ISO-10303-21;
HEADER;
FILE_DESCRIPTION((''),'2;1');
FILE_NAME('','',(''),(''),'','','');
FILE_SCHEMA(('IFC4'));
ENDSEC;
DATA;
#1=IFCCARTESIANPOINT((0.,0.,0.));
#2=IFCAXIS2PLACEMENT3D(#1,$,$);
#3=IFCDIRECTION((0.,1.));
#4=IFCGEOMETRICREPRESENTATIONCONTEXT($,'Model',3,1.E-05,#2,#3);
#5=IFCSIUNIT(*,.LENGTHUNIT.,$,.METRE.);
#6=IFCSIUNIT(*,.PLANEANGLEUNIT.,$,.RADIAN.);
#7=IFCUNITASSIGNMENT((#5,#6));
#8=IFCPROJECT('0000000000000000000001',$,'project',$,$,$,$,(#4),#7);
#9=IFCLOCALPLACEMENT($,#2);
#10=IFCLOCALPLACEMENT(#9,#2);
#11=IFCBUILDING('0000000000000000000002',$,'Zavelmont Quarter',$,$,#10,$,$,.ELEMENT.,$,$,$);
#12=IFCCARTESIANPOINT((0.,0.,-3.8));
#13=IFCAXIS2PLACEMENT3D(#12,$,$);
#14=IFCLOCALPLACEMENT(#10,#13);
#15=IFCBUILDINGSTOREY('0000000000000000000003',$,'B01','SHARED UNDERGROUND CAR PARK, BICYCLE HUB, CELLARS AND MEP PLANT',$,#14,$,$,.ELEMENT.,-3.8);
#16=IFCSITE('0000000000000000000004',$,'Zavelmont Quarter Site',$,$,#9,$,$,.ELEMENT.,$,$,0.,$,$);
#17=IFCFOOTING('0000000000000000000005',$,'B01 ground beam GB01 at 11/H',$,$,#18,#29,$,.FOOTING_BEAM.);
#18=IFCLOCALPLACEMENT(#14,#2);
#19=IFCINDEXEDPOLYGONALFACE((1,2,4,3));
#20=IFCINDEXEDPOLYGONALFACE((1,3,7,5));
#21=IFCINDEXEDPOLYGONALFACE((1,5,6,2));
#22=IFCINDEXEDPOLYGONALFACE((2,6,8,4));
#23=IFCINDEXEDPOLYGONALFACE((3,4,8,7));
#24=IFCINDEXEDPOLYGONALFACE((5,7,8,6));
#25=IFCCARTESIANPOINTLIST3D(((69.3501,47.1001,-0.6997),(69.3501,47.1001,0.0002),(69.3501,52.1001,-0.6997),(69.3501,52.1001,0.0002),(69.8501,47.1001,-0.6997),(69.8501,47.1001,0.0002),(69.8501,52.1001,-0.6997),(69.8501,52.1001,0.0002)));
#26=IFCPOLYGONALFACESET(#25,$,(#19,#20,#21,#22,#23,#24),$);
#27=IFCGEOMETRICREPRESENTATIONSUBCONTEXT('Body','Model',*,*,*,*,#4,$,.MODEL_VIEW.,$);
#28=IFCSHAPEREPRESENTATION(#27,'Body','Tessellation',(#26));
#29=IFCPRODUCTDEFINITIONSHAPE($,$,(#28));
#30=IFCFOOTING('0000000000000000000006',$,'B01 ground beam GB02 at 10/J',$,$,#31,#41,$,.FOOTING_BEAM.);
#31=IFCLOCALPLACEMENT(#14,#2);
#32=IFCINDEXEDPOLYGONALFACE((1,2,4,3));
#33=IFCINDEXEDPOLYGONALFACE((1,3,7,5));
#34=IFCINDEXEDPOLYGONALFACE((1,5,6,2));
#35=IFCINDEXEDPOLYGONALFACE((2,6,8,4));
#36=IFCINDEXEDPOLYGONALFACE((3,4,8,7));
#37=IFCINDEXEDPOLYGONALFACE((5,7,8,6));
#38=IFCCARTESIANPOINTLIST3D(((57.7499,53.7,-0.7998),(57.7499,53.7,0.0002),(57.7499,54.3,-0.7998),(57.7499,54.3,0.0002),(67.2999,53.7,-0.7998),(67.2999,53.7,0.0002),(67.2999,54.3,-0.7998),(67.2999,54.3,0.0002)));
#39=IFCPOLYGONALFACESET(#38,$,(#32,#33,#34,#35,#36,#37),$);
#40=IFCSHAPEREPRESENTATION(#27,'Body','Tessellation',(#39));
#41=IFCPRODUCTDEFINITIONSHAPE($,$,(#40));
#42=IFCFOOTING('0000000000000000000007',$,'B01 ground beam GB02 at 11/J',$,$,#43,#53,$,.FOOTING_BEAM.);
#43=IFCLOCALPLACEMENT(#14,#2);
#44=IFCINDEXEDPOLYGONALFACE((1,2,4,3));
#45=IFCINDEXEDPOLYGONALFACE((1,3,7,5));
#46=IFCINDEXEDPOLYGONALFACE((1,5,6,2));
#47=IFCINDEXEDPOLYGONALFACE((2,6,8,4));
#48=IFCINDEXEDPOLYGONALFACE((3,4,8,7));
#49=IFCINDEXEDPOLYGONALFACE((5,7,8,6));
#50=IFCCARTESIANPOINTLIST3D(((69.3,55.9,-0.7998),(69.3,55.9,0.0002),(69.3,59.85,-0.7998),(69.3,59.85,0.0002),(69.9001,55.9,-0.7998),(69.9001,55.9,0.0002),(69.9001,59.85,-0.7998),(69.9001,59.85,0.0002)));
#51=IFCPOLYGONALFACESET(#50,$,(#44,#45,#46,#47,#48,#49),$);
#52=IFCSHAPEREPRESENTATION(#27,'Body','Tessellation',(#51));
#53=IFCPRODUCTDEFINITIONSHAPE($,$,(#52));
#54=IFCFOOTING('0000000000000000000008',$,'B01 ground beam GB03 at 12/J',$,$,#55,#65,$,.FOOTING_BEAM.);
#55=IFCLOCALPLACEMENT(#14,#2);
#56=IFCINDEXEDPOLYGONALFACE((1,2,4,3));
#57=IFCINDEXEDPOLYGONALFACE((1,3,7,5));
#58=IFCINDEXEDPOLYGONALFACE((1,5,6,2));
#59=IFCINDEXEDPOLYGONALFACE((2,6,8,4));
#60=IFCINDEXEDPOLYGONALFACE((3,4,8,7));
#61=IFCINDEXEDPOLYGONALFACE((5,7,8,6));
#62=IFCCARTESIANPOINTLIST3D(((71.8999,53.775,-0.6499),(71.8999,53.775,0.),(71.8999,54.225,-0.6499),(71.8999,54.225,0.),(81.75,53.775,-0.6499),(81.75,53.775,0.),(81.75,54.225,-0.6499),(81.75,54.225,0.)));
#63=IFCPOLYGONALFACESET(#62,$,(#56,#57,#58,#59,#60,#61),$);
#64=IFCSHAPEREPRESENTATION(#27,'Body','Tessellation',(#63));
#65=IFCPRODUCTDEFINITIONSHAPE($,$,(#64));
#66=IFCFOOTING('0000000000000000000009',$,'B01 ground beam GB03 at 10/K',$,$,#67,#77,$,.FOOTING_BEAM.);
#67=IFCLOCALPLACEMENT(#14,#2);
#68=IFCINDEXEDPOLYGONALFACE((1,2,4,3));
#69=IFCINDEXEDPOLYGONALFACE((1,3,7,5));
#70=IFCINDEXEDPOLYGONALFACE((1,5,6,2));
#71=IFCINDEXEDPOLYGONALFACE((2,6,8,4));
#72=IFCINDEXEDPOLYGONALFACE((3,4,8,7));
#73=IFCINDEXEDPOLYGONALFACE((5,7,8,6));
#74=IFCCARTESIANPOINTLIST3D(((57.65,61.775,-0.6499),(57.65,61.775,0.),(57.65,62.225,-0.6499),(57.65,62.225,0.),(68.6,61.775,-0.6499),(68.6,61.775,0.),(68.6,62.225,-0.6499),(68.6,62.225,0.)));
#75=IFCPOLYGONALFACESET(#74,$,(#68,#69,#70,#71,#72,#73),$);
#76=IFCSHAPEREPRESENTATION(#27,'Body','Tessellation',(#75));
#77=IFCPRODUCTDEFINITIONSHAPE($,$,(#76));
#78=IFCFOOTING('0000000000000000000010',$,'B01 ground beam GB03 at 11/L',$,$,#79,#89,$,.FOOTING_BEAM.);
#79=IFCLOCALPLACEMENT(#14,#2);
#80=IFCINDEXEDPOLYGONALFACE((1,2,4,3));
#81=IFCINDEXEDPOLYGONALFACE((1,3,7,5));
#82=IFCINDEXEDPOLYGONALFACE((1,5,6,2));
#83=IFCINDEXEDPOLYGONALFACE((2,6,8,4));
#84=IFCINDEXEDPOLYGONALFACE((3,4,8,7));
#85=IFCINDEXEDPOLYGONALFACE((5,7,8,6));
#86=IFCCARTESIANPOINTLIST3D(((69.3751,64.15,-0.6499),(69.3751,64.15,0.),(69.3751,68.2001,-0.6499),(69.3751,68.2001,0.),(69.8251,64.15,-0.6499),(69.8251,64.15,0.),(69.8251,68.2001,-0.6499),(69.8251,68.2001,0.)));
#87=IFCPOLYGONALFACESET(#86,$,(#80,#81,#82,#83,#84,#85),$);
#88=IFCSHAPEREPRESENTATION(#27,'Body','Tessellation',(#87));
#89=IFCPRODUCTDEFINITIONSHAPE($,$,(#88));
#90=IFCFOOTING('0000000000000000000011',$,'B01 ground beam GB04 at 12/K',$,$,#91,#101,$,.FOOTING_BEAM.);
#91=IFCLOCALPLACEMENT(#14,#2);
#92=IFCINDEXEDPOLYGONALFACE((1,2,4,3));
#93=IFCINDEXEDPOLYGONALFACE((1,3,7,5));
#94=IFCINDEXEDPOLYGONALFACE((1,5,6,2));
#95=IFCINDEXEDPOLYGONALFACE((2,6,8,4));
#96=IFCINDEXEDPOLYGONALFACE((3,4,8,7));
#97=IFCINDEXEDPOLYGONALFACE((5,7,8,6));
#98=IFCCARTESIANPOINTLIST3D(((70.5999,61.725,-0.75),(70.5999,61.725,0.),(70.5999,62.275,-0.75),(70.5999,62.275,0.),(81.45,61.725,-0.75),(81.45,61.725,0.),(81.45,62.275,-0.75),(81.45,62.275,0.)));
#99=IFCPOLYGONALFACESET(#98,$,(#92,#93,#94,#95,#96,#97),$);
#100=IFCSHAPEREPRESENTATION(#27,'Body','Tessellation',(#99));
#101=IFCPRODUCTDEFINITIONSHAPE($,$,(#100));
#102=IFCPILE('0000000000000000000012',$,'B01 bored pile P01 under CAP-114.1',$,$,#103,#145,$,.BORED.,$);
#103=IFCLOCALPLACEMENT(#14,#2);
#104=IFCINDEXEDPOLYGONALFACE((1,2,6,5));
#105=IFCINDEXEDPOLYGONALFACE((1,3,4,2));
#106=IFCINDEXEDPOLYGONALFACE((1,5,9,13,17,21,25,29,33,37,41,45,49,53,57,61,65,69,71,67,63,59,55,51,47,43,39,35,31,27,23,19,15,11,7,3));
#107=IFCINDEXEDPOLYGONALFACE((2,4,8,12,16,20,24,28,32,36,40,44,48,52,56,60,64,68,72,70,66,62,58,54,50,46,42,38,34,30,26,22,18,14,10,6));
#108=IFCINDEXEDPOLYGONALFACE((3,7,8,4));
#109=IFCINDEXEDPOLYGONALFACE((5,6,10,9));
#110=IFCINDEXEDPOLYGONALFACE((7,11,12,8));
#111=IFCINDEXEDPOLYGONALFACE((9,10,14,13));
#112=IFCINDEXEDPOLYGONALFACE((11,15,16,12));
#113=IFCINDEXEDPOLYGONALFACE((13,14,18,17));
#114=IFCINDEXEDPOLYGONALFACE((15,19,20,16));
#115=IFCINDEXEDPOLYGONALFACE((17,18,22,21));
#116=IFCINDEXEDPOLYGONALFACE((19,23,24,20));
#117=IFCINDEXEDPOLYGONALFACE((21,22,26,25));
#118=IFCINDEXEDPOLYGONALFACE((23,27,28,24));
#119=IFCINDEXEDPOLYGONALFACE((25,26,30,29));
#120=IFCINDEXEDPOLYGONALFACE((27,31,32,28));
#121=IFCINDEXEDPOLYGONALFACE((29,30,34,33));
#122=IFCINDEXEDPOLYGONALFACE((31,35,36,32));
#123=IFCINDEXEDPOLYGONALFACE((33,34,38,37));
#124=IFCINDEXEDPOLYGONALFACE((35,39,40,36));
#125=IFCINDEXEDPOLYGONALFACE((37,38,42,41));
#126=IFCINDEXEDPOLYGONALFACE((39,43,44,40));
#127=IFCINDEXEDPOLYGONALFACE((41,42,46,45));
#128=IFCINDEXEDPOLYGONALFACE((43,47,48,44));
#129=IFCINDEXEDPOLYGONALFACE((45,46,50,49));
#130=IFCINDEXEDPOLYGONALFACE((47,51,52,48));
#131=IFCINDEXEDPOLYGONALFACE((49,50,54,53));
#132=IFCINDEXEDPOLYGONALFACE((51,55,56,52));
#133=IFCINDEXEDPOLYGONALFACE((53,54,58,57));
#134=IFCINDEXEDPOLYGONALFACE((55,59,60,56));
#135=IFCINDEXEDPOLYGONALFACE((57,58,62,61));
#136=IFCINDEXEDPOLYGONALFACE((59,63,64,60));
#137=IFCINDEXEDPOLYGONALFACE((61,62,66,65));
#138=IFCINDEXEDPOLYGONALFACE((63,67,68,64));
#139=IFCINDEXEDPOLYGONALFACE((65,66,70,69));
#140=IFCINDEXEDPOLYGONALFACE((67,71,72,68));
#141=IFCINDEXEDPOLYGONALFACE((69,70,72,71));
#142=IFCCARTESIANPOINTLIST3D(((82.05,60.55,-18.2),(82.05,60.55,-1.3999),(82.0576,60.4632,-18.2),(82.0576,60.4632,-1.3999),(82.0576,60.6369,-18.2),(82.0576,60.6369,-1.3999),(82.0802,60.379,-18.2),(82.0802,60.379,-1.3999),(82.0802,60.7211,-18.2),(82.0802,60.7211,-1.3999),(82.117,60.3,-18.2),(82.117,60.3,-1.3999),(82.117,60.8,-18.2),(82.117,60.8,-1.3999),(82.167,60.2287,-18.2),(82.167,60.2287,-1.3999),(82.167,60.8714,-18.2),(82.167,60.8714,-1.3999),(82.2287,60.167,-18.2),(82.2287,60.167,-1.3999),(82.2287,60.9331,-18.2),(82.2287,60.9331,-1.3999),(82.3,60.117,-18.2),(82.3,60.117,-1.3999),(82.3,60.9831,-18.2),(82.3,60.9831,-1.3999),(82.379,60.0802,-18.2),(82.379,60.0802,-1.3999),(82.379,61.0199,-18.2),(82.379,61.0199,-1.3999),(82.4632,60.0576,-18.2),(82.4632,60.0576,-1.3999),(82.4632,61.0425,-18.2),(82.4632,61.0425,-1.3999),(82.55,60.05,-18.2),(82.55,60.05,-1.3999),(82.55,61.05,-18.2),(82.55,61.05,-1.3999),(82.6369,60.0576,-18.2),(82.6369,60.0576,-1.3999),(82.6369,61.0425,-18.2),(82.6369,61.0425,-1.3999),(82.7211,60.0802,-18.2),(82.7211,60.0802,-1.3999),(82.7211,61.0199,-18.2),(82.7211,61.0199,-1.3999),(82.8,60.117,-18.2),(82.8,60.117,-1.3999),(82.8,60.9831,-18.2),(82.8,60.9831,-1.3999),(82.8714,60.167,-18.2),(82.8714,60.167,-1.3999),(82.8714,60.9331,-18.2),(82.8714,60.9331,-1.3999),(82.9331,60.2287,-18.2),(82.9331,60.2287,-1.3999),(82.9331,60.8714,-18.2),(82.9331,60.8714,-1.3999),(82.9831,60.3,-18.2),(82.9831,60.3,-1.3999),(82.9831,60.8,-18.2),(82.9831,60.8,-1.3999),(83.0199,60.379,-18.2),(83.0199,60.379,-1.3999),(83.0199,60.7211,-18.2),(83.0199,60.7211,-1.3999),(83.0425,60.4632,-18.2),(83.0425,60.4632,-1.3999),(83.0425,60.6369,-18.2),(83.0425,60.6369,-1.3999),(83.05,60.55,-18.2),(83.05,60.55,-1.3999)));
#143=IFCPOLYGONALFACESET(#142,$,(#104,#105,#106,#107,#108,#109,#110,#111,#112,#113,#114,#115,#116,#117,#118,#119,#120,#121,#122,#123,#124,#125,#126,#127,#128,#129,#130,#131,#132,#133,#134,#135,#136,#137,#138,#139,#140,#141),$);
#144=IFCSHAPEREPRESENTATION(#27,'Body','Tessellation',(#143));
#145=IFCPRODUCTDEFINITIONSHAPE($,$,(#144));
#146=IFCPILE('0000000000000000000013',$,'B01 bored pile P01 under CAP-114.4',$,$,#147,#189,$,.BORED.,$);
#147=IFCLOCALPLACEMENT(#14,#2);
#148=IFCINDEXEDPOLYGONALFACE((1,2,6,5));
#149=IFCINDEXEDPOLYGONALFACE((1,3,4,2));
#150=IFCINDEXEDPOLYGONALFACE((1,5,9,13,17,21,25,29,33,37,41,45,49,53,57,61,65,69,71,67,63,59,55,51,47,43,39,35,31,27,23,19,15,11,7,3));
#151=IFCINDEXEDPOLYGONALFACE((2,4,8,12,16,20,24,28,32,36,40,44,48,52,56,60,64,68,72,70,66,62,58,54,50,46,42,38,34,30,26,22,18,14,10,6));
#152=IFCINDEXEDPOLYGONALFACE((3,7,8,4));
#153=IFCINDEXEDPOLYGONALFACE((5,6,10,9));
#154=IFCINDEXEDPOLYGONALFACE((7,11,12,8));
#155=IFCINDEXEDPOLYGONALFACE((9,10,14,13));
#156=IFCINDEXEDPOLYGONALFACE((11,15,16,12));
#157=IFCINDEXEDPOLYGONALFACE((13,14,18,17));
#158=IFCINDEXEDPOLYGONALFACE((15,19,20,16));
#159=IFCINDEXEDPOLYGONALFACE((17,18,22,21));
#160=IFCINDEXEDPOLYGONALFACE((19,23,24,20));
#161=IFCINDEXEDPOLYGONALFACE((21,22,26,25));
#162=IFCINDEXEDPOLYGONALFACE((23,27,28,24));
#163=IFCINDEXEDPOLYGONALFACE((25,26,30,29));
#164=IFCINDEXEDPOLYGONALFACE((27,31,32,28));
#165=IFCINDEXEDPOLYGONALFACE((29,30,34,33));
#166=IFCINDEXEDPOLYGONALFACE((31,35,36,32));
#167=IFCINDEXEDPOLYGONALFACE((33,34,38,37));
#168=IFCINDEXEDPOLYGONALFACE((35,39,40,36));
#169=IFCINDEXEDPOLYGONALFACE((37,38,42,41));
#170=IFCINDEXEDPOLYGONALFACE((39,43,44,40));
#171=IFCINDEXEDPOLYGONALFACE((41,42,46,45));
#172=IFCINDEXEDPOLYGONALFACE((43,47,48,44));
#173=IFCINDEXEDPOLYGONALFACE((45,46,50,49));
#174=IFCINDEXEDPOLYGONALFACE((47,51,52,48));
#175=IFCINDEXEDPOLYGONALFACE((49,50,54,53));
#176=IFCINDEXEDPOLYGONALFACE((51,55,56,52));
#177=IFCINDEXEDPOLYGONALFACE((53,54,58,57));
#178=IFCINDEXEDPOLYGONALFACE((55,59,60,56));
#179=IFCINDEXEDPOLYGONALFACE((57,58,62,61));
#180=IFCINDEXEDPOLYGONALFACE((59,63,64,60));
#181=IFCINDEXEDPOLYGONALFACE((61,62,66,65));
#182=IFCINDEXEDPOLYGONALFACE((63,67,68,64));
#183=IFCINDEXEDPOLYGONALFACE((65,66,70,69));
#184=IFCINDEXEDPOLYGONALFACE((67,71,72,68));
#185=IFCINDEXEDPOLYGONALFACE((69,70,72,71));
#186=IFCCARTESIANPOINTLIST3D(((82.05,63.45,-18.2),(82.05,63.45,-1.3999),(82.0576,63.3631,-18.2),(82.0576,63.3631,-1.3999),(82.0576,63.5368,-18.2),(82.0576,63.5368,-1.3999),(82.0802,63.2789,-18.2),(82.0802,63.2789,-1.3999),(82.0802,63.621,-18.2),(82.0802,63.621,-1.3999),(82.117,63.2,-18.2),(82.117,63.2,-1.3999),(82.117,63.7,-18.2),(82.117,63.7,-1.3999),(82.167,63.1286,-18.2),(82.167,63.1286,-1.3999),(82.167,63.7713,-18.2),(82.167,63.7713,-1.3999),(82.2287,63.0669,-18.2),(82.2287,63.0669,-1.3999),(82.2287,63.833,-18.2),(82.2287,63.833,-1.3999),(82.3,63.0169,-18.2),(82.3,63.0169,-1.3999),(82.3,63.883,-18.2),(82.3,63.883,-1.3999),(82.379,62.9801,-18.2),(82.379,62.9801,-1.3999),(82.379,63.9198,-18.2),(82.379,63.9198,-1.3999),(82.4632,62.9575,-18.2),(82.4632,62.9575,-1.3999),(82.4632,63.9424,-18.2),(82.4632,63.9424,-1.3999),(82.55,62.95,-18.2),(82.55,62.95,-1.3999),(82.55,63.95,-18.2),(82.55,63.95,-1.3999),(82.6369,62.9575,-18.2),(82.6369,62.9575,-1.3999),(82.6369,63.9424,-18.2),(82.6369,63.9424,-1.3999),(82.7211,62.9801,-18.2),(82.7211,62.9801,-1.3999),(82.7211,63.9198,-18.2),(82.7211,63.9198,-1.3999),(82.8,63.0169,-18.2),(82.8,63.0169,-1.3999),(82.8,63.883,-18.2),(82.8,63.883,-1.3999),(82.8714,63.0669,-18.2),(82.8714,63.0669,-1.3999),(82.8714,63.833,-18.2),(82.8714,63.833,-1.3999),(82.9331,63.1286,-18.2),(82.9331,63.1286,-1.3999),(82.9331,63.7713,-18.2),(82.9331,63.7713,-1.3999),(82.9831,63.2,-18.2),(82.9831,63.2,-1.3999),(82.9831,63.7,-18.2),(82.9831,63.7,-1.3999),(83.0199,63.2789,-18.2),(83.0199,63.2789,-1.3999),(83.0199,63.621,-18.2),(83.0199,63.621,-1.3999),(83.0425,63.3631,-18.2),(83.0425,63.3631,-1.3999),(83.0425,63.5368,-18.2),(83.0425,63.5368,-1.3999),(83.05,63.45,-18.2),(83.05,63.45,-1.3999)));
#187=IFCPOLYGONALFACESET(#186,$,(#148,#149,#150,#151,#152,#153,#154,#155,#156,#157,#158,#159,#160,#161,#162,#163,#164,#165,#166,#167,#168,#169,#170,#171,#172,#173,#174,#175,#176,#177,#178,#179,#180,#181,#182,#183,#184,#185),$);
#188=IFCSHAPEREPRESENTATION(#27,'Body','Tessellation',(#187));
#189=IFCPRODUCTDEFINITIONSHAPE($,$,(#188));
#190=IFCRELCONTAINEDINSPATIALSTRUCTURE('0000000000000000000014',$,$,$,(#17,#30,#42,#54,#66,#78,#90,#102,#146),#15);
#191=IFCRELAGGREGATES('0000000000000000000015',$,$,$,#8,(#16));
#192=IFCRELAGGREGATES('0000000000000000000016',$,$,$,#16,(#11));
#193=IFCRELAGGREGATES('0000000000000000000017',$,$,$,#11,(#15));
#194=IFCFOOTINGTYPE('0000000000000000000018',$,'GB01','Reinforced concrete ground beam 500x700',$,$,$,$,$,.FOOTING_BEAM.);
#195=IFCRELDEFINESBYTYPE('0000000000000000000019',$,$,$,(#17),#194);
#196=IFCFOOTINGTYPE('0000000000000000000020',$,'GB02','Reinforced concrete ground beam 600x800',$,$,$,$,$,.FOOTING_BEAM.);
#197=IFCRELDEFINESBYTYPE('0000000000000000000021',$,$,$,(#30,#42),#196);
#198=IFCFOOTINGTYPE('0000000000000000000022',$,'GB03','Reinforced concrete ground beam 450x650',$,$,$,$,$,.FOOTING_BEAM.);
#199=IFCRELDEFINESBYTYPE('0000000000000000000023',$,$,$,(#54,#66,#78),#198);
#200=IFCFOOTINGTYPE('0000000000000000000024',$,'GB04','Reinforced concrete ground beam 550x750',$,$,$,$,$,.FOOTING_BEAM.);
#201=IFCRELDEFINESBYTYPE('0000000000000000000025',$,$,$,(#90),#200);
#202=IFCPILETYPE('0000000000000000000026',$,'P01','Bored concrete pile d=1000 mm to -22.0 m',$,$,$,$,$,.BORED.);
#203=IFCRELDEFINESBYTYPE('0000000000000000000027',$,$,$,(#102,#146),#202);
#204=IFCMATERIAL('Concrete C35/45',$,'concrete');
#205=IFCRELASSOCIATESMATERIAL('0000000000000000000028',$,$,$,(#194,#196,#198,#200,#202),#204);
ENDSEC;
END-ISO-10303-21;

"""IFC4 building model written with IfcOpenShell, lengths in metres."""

from ifc_helpers import new_model, si_unit, direction, frame, origin, origin_2d, place, context, subcontext, project, spatial, rectangle, circle, extrude, material, material_profile, profile_set, type_object, element, save


model = new_model("IFC4")

# Units and contexts
model_context = context("Model", 3, precision=1e-05, world=origin(), true_north=direction((0.0, 1.0)))
body_context = subcontext(model_context, "Body", "Model", "MODEL_VIEW")
ifc_project = project(units=[si_unit("LENGTHUNIT", "METRE"), si_unit("PLANEANGLEUNIT", "RADIAN")], contexts=[model_context])

# Site, building, storey
site_placement = place(None, origin())
site = spatial("IfcSite", under=ifc_project, at=site_placement, Name="Zavelmont Quarter Site", CompositionType="ELEMENT", RefElevation=0.0)
building_placement = place(site_placement, origin())
building = spatial("IfcBuilding", under=site, at=building_placement, Name="Zavelmont Quarter", CompositionType="ELEMENT")
storey_placement = place(building_placement, frame((0.0, 0.0, -3.8)))
storey = spatial("IfcBuildingStorey", under=building, at=storey_placement, Name="B01", Description="SHARED UNDERGROUND CAR PARK, BICYCLE HUB, CELLARS AND MEP PLANT", CompositionType="ELEMENT", Elevation=-3.8)

# Footings
ifc_material_1 = material(Name="Concrete C35/45", Category="concrete")
footing_type_1 = type_object("IfcFootingType", Name="GB01", Description="Reinforced concrete ground beam 500x700", PredefinedType="FOOTING_BEAM", material=ifc_material_1)
footing_1_placement = place(storey_placement, frame((69.6001, 49.6001, -0.6997), z_axis=(0.0, 0.0, 1.0), x_axis=(0.0, 1.0, 0.0)))
element("IfcFooting", 1, at=footing_1_placement, inside=storey, type_object=footing_type_1, Name="B01 ground beam GB01 at 11/H", PredefinedType="FOOTING_BEAM", context=body_context, shape_type="SweptSolid", body=[
    extrude(rectangle(XDim=5.0, YDim=0.5, at=origin_2d()), origin(), (0.0, 0.0, 1.0), 0.7),
])
footing_type_2 = type_object("IfcFootingType", Name="GB02", Description="Reinforced concrete ground beam 600x800", PredefinedType="FOOTING_BEAM", material=ifc_material_1)
footing_2_placement = place(storey_placement, frame((62.5249, 54.0, -0.7998), z_axis=(0.0, 0.0, 1.0), x_axis=(1.0, 0.0, 0.0)))
element("IfcFooting", 2, at=footing_2_placement, inside=storey, type_object=footing_type_2, Name="B01 ground beam GB02 at 10/J", PredefinedType="FOOTING_BEAM", context=body_context, shape_type="SweptSolid", body=[
    extrude(rectangle(XDim=9.55, YDim=0.6001, at=origin_2d()), origin(), (0.0, 0.0, 1.0), 0.8),
])
footing_3_placement = place(storey_placement, frame((69.6001, 57.875, -0.7998), z_axis=(0.0, 0.0, 1.0), x_axis=(0.0, 1.0, 0.0)))
element("IfcFooting", 3, at=footing_3_placement, inside=storey, type_object=footing_type_2, Name="B01 ground beam GB02 at 11/J", PredefinedType="FOOTING_BEAM", context=body_context, shape_type="SweptSolid", body=[
    extrude(rectangle(XDim=3.95, YDim=0.6001, at=origin_2d()), origin(), (0.0, 0.0, 1.0), 0.8),
])
footing_type_3 = type_object("IfcFootingType", Name="GB03", Description="Reinforced concrete ground beam 450x650", PredefinedType="FOOTING_BEAM", material=ifc_material_1)
footing_4_placement = place(storey_placement, frame((76.825, 54.0, -0.6499), z_axis=(0.0, 0.0, 1.0), x_axis=(1.0, 0.0, 0.0)))
element("IfcFooting", 4, at=footing_4_placement, inside=storey, type_object=footing_type_3, Name="B01 ground beam GB03 at 12/J", PredefinedType="FOOTING_BEAM", context=body_context, shape_type="SweptSolid", body=[
    extrude(rectangle(XDim=9.8501, YDim=0.45, at=origin_2d()), origin(), (0.0, 0.0, 1.0), 0.6499),
])
footing_5_placement = place(storey_placement, frame((63.125, 62.0, -0.6499), z_axis=(0.0, 0.0, 1.0), x_axis=(1.0, 0.0, 0.0)))
element("IfcFooting", 5, at=footing_5_placement, inside=storey, type_object=footing_type_3, Name="B01 ground beam GB03 at 10/K", PredefinedType="FOOTING_BEAM", context=body_context, shape_type="SweptSolid", body=[
    extrude(rectangle(XDim=10.95, YDim=0.45, at=origin_2d()), origin(), (0.0, 0.0, 1.0), 0.6499),
])
footing_6_placement = place(storey_placement, frame((69.6001, 66.175, -0.6499), z_axis=(0.0, 0.0, 1.0), x_axis=(0.0, 1.0, 0.0)))
element("IfcFooting", 6, at=footing_6_placement, inside=storey, type_object=footing_type_3, Name="B01 ground beam GB03 at 11/L", PredefinedType="FOOTING_BEAM", context=body_context, shape_type="SweptSolid", body=[
    extrude(rectangle(XDim=4.05, YDim=0.45, at=origin_2d()), origin(), (0.0, 0.0, 1.0), 0.6499),
])
footing_type_4 = type_object("IfcFootingType", Name="GB04", Description="Reinforced concrete ground beam 550x750", PredefinedType="FOOTING_BEAM", material=ifc_material_1)
footing_7_placement = place(storey_placement, frame((76.0249, 62.0, -0.75), z_axis=(0.0, 0.0, 1.0), x_axis=(1.0, 0.0, 0.0)))
element("IfcFooting", 7, at=footing_7_placement, inside=storey, type_object=footing_type_4, Name="B01 ground beam GB04 at 12/K", PredefinedType="FOOTING_BEAM", context=body_context, shape_type="SweptSolid", body=[
    extrude(rectangle(XDim=10.8501, YDim=0.55, at=origin_2d()), origin(), (0.0, 0.0, 1.0), 0.75),
])

# Piles
ifc_material_profile_1 = material_profile(ifc_material_1, circle(Radius=0.5, at=origin_2d()), Name="BP1000")
ifc_profile_set_1 = profile_set([ifc_material_profile_1], Name="Concrete C35/45")
pile_type_1 = type_object("IfcPileType", Name="P01", Description="Bored concrete pile d=1000 mm to -22.0 m", PredefinedType="BORED", material=ifc_profile_set_1)
for number, where, z_axis, x_axis, name in (
    (8, (82.55, 60.55, -1.3999), (0.0, 0.0, -1.0), (1.0, 0.0, 0.0), "B01 bored pile P01 under CAP-114.1"),
    (9, (82.55, 63.45, -1.3999), (0.0, 0.0, -1.0), (1.0, 0.0, 0.0), "B01 bored pile P01 under CAP-114.4"),
):
    element("IfcPile", number, at=place(storey_placement, frame(where, z_axis=z_axis, x_axis=x_axis)), inside=storey, type_object=pile_type_1, Name=name, PredefinedType="BORED", context=body_context, shape_type="SweptSolid", body=[
        extrude(circle(Radius=0.5, at=origin_2d()), origin(), (0.0, 0.0, 1.0), 16.8),
    ])

save(model, "model.ifc")
